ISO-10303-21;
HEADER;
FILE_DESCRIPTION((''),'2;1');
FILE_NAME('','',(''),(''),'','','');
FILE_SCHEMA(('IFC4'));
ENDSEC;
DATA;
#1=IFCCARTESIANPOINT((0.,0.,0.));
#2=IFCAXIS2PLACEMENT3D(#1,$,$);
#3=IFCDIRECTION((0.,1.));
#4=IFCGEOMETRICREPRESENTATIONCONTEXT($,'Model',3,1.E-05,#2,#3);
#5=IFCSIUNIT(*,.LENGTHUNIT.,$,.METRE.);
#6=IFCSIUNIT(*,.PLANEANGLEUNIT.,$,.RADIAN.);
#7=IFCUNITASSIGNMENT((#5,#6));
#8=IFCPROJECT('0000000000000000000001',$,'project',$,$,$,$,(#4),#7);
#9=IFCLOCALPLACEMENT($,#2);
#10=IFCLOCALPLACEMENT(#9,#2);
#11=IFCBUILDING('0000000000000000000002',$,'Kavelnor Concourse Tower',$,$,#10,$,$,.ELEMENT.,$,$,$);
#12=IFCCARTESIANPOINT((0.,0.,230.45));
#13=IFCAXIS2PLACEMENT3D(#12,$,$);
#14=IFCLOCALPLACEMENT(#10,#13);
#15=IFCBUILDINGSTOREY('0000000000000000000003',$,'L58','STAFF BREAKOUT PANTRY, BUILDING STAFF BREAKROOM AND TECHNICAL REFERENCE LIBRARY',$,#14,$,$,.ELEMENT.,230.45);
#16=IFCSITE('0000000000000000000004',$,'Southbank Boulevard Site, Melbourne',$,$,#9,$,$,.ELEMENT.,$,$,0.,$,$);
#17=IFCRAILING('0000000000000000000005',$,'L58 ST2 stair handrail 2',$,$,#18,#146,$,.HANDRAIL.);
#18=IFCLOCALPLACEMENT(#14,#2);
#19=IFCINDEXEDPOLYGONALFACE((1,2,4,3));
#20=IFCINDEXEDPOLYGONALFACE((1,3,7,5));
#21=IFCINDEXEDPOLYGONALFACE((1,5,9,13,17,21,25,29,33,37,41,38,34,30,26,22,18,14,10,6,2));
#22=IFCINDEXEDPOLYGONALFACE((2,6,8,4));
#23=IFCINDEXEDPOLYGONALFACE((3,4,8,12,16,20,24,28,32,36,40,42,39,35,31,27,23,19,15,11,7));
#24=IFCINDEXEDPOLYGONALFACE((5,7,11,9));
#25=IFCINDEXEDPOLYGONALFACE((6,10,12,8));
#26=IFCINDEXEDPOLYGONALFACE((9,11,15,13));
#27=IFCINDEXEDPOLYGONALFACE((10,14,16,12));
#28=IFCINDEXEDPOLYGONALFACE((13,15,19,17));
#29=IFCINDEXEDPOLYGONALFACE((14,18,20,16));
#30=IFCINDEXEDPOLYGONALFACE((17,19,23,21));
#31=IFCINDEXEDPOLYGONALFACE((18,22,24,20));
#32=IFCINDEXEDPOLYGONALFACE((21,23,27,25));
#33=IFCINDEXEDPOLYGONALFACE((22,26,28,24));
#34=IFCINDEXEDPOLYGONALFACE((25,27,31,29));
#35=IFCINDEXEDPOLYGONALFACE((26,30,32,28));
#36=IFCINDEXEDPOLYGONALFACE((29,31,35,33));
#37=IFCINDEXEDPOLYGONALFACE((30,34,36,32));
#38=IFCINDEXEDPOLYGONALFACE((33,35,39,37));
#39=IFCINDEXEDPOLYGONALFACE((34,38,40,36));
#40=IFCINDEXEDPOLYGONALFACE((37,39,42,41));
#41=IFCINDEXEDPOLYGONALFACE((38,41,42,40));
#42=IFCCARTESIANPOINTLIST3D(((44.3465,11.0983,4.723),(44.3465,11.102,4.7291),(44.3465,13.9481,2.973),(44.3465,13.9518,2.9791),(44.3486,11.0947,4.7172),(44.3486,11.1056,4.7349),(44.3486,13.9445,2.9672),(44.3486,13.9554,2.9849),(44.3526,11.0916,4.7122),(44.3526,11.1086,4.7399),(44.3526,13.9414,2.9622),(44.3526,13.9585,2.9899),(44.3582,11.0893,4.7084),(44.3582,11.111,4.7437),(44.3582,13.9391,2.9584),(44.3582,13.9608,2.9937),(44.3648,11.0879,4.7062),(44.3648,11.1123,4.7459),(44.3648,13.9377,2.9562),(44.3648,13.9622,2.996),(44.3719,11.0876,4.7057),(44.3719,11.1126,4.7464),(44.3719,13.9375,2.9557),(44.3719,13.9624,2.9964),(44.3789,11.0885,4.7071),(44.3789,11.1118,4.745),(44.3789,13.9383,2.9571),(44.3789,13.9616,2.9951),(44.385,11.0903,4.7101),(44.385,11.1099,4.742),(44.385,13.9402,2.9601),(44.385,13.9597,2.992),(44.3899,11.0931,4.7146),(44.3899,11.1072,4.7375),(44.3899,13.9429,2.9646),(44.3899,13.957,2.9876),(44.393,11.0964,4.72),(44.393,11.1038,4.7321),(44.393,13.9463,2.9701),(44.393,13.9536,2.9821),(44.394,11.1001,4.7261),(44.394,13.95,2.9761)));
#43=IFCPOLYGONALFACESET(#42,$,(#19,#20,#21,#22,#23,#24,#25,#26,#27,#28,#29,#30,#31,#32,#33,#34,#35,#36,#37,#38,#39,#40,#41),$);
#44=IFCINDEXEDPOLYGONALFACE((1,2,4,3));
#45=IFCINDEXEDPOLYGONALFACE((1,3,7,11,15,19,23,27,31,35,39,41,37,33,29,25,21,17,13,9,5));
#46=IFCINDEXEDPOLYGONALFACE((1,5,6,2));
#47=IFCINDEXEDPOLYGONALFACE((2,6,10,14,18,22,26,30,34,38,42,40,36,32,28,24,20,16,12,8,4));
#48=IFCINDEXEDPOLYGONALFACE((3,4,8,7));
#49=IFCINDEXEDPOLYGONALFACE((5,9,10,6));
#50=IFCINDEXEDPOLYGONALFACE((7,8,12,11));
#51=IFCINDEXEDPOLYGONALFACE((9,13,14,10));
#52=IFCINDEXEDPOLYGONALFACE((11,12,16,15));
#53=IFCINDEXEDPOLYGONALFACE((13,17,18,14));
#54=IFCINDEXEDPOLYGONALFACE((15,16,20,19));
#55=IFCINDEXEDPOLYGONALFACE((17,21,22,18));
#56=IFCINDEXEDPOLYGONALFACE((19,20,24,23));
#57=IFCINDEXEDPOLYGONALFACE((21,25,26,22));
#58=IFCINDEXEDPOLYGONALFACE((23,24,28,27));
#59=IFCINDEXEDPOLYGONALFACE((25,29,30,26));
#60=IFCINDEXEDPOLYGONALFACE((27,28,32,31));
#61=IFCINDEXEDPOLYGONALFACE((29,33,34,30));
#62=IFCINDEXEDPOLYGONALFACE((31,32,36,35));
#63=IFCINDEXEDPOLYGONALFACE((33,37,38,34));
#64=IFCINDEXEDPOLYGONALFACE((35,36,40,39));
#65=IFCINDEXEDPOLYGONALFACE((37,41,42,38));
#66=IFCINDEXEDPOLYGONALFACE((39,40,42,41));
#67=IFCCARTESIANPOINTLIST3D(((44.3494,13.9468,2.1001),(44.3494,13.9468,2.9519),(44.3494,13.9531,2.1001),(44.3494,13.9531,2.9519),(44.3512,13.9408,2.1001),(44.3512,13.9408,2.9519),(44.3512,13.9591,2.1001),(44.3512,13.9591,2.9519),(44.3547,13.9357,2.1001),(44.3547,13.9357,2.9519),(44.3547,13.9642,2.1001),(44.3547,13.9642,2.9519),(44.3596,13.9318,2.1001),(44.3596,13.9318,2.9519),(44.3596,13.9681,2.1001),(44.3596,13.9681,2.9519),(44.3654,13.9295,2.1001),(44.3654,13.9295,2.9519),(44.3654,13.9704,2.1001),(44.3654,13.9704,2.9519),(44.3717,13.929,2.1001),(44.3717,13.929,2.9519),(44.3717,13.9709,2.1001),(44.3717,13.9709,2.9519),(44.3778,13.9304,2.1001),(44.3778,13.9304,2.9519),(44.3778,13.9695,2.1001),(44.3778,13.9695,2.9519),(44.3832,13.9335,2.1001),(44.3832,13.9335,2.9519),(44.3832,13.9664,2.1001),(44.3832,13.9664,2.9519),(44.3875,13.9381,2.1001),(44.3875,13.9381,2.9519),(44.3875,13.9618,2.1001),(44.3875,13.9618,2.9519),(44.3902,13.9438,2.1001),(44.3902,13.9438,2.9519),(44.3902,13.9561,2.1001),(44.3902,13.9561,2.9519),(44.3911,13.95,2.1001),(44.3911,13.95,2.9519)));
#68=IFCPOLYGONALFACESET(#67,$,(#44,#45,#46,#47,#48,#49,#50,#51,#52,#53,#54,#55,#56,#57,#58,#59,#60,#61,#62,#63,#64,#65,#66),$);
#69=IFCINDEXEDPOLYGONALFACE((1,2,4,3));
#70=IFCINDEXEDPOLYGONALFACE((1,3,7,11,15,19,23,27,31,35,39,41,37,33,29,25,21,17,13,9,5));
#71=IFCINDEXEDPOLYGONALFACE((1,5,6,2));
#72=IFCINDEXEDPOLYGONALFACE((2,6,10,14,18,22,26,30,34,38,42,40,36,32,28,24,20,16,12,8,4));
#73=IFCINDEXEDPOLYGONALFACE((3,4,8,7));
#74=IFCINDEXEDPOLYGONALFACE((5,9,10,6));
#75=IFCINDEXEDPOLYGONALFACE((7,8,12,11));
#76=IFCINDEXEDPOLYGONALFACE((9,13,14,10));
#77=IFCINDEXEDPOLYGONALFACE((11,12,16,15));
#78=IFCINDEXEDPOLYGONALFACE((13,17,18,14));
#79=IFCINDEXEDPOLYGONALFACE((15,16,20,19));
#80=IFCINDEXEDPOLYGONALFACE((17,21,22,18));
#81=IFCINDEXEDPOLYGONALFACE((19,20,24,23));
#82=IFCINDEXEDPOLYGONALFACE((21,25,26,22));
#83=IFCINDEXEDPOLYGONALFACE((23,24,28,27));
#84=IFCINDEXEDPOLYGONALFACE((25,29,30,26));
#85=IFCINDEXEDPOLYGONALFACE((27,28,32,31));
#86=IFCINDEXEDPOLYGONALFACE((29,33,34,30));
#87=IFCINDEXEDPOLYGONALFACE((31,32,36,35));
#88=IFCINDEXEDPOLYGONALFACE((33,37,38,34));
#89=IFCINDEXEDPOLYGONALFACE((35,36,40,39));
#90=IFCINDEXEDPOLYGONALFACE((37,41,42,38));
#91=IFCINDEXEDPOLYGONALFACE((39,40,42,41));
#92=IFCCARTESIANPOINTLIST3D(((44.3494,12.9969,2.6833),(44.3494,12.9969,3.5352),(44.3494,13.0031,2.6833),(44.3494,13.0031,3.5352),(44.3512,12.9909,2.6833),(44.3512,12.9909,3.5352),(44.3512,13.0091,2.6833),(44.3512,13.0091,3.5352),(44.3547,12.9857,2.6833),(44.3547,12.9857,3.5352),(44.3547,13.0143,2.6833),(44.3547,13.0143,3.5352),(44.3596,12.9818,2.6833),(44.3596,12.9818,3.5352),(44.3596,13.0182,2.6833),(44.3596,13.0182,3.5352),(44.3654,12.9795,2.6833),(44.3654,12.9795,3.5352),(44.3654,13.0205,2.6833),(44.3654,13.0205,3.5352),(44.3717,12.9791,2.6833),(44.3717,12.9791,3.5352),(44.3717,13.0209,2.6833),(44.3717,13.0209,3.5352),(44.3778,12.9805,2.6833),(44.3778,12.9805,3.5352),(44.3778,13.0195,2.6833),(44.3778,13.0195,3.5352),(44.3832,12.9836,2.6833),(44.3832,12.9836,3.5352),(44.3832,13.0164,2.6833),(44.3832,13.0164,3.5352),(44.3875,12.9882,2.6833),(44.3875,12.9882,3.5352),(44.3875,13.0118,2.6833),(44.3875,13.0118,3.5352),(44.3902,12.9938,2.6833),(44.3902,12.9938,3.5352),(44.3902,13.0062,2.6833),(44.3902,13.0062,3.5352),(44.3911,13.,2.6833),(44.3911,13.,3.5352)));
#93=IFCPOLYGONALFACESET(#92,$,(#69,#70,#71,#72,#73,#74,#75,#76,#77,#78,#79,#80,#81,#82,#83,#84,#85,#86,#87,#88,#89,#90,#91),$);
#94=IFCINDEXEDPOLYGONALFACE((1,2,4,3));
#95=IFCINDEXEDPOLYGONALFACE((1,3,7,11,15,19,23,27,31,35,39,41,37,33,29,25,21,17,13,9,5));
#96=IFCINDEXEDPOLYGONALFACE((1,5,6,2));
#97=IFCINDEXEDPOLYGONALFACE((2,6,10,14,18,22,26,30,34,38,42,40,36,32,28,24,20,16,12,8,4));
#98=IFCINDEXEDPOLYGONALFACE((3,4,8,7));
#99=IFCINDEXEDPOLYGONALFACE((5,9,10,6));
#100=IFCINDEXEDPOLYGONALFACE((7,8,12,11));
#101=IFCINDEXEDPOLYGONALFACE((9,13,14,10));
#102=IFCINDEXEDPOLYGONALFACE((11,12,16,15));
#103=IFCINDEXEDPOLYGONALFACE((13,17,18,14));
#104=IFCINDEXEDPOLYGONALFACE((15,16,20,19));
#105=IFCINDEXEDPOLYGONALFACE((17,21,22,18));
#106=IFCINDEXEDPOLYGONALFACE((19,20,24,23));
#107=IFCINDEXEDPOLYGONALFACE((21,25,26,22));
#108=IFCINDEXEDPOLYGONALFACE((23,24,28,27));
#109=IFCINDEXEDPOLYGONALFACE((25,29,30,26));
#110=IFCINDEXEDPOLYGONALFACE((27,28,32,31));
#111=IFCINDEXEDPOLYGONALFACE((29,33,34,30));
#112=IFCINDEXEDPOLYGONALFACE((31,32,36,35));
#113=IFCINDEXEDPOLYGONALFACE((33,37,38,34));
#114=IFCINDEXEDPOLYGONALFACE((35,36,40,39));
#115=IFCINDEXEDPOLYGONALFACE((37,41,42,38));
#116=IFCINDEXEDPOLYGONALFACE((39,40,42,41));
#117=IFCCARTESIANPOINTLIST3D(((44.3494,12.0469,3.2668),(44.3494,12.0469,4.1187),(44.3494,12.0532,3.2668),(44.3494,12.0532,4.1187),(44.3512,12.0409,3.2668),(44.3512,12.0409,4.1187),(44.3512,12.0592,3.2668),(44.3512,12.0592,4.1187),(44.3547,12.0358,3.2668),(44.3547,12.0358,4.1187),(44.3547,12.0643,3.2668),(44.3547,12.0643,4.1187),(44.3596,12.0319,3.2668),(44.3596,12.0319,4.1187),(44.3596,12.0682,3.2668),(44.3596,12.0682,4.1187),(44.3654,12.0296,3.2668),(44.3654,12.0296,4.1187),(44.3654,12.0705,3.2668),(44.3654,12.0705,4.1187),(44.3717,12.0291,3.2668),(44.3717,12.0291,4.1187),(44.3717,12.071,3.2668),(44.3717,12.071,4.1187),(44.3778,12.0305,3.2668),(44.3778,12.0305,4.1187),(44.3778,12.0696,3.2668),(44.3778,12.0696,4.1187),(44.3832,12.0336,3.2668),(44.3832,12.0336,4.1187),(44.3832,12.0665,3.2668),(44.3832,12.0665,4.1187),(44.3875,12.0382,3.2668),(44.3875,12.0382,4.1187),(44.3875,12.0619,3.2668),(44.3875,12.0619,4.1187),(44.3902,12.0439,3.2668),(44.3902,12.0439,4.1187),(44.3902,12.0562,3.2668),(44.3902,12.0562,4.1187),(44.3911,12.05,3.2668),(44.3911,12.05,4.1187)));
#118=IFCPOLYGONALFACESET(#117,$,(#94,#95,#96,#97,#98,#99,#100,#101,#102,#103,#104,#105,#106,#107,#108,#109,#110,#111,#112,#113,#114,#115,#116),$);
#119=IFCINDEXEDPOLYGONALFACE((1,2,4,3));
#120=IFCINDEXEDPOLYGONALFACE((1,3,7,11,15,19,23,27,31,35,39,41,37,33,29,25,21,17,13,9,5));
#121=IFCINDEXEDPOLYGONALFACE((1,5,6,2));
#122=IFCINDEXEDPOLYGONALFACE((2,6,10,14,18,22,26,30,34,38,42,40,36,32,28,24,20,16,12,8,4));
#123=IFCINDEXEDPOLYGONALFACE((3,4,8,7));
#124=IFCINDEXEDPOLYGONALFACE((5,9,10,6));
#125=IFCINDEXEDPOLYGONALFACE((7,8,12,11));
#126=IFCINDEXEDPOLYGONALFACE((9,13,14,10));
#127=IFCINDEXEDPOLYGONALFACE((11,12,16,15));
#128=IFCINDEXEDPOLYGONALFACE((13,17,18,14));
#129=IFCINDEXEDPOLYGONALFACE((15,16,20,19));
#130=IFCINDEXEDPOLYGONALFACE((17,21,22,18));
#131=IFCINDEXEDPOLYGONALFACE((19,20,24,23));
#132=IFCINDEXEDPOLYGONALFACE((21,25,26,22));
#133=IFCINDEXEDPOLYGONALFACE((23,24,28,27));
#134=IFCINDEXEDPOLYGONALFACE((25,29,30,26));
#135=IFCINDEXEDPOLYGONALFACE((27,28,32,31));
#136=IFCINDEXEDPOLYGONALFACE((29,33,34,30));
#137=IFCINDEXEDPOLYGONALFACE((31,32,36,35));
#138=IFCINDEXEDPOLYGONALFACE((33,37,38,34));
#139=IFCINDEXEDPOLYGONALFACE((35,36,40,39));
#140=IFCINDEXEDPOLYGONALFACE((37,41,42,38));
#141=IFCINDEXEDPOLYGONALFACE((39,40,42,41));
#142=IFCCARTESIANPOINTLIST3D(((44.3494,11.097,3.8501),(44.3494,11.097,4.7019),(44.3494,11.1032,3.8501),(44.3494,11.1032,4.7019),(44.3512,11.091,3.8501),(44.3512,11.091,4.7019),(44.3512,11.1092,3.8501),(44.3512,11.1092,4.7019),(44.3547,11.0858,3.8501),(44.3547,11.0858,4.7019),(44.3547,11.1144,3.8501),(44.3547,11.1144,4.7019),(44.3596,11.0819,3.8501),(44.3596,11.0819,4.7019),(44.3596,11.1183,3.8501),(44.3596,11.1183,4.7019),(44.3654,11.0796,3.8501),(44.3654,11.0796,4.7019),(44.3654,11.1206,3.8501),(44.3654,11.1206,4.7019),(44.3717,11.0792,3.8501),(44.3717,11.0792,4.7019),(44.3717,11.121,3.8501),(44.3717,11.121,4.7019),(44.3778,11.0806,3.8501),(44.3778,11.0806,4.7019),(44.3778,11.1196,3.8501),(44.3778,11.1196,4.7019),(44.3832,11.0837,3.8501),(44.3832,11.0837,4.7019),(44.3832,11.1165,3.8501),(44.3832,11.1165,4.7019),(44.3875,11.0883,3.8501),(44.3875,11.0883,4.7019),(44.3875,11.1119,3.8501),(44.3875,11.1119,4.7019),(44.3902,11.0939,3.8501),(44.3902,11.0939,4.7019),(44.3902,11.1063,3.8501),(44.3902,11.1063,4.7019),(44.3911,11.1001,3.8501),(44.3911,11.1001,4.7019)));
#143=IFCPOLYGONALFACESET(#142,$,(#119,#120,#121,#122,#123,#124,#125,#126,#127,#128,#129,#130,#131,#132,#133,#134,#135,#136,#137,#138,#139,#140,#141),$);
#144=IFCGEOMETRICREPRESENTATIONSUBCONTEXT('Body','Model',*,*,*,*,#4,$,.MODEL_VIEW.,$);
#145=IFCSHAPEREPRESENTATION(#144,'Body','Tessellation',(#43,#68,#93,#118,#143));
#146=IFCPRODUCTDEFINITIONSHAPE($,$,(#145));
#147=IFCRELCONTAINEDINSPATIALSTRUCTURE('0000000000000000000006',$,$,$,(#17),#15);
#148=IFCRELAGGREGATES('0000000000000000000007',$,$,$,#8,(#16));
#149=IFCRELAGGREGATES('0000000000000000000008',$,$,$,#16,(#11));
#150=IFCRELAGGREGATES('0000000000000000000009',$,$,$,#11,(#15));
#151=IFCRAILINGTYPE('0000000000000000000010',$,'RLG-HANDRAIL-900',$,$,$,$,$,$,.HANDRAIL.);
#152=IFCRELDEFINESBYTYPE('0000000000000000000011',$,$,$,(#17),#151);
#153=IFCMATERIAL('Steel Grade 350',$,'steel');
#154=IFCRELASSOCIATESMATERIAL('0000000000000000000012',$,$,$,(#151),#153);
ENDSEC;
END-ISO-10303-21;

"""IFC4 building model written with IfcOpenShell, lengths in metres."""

from ifc_helpers import new_model, si_unit, direction, frame, origin, origin_2d, place, context, subcontext, project, spatial, circle, extrude, material, type_object, element, save


model = new_model("IFC4")

# Units and contexts
model_context = context("Model", 3, precision=1e-05, world=origin(), true_north=direction((0.0, 1.0)))
body_context = subcontext(model_context, "Body", "Model", "MODEL_VIEW")
ifc_project = project(units=[si_unit("LENGTHUNIT", "METRE"), si_unit("PLANEANGLEUNIT", "RADIAN")], contexts=[model_context])

# Site, building, storey
site_placement = place(None, origin())
site = spatial("IfcSite", under=ifc_project, at=site_placement, Name="Southbank Boulevard Site, Melbourne", CompositionType="ELEMENT", RefElevation=0.0)
building_placement = place(site_placement, origin())
building = spatial("IfcBuilding", under=site, at=building_placement, Name="Kavelnor Concourse Tower", CompositionType="ELEMENT")
storey_placement = place(building_placement, frame((0.0, 0.0, 230.45)))
storey = spatial("IfcBuildingStorey", under=building, at=storey_placement, Name="L58", Description="STAFF BREAKOUT PANTRY, BUILDING STAFF BREAKROOM AND TECHNICAL REFERENCE LIBRARY", CompositionType="ELEMENT", Elevation=230.45)

# Shared definitions
ifc_material_1 = material(Name="Steel Grade 350", Category="steel")

# Railing
railing_type_1 = type_object("IfcRailingType", Name="RLG-HANDRAIL-900", PredefinedType="HANDRAIL", material=ifc_material_1)
railing_1_placement = place(storey_placement, frame((44.3701, 13.95, 2.1001)))
element("IfcRailing", 1, at=railing_1_placement, inside=storey, type_object=railing_type_1, Name="L58 ST2 stair handrail 2", PredefinedType="HANDRAIL", context=body_context, shape_type="SweptSolid", body=[
    extrude(circle(Radius=0.0239, at=origin_2d()), frame((0.0, 0.0, 0.876), z_axis=(0.0, -0.852159, 0.523283), x_axis=(1.0, 0.0, 0.0)), (0.0, 0.0, 1.0), 3.3442),
    extrude(circle(Radius=0.021, at=origin_2d()), origin(), (0.0, 0.0, 1.0), 0.8518),
    extrude(circle(Radius=0.021, at=origin_2d()), frame((0.0, -0.95, 0.5833)), (0.0, 0.0, 1.0), 0.8518),
    extrude(circle(Radius=0.021, at=origin_2d()), frame((0.0, -1.8999, 1.1667)), (0.0, 0.0, 1.0), 0.8518),
    extrude(circle(Radius=0.021, at=origin_2d()), frame((0.0, -2.8499, 1.75)), (0.0, 0.0, 1.0), 0.8518),
])

save(model, "model.ifc")
